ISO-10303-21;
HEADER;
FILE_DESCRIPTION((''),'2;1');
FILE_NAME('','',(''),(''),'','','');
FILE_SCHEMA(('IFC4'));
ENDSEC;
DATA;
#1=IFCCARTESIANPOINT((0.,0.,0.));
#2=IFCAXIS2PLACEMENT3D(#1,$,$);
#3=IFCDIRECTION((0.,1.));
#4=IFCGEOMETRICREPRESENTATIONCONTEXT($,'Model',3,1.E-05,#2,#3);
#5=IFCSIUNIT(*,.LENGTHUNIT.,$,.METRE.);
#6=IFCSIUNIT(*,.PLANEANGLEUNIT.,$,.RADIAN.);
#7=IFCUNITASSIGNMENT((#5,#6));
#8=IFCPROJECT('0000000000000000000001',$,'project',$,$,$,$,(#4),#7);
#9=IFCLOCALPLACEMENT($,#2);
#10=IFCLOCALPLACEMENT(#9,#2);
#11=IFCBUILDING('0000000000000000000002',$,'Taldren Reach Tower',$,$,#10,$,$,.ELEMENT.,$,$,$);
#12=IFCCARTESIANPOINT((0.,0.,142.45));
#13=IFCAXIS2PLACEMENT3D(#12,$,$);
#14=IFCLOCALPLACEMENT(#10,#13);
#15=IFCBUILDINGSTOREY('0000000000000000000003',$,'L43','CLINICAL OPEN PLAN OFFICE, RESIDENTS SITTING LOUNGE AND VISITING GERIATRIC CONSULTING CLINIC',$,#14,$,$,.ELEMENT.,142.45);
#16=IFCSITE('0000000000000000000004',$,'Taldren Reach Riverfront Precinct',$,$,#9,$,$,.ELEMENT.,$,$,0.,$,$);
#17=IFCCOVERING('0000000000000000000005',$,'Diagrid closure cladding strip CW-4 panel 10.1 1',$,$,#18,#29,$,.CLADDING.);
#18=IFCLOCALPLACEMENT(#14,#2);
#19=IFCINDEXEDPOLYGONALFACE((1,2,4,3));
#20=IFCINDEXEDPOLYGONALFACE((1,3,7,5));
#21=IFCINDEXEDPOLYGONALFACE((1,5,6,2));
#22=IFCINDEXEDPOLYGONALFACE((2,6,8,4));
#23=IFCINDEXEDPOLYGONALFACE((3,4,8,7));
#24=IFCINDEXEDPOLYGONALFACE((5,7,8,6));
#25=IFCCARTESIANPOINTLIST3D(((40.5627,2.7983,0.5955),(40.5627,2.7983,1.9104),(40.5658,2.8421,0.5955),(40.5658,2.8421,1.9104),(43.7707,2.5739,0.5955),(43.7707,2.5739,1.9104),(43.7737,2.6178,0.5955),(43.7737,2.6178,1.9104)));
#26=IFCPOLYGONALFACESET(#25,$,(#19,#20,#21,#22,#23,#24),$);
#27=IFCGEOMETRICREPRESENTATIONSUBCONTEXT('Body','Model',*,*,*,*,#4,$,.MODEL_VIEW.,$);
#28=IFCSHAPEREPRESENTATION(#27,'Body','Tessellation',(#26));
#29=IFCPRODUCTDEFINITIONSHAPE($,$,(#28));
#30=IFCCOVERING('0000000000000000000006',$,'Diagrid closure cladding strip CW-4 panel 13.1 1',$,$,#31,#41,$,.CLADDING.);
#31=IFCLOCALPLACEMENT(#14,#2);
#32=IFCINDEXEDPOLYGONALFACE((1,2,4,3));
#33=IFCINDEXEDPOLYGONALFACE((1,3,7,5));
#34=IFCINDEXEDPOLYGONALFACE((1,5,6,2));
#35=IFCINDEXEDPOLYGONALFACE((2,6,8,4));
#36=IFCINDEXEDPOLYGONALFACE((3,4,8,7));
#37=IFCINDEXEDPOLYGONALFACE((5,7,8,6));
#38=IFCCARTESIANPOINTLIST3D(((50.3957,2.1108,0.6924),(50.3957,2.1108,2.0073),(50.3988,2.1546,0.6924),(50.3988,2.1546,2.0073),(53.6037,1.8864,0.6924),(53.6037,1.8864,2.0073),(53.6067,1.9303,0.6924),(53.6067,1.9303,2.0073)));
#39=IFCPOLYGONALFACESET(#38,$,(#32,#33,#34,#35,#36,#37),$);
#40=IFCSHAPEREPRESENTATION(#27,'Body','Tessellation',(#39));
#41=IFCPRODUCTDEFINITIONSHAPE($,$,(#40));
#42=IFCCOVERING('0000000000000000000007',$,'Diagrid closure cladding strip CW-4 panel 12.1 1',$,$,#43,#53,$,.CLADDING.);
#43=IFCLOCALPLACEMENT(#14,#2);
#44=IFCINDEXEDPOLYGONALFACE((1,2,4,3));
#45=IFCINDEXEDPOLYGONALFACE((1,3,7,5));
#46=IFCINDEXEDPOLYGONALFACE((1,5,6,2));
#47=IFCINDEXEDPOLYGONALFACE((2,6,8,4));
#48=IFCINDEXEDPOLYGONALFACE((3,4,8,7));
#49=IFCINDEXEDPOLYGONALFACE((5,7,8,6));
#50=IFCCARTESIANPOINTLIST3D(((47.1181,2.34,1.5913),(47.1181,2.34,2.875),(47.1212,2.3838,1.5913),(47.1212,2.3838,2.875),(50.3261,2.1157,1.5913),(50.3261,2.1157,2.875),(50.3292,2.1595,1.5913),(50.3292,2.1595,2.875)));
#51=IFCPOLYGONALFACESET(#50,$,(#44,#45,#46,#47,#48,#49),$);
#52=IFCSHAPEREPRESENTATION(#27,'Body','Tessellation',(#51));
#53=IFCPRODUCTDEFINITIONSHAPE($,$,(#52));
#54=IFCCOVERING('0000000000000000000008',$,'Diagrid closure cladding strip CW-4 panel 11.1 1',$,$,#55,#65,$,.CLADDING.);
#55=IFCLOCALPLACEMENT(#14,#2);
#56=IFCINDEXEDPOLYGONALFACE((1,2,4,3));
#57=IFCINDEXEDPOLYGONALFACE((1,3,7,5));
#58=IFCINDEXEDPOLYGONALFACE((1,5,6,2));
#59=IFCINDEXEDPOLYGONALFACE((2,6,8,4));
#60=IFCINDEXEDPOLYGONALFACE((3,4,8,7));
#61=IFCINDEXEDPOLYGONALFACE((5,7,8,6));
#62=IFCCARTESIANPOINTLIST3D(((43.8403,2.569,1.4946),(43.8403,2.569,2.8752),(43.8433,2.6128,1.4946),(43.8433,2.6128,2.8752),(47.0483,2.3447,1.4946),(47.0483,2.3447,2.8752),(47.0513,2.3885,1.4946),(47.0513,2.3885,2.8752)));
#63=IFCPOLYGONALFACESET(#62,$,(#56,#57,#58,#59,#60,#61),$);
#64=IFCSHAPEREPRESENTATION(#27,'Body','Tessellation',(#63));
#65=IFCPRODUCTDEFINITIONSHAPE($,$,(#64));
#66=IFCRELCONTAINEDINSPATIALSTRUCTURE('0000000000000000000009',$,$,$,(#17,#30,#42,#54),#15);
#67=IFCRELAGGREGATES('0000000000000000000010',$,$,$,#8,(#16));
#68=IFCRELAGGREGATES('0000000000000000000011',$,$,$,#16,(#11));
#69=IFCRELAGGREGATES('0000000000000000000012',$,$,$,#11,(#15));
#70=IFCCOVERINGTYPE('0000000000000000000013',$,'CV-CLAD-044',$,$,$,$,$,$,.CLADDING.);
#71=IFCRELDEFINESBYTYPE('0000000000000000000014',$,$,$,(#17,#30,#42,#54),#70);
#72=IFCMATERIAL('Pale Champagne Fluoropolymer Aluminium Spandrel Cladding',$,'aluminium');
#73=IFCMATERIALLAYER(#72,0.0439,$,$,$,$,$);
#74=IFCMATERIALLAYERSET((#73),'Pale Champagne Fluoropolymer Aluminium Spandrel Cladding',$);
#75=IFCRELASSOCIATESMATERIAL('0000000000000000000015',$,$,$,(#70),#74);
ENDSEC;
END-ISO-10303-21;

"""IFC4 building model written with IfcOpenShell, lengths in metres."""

from ifc_helpers import new_model, si_unit, direction, frame, origin, origin_2d, place, context, subcontext, project, spatial, rectangle, extrude, source, transform, mapped, material, layer, layer_set, type_object, element, save


model = new_model("IFC4")

# Units and contexts
model_context = context("Model", 3, precision=1e-05, world=origin(), true_north=direction((0.0, 1.0)))
body_context = subcontext(model_context, "Body", "Model", "MODEL_VIEW")
ifc_project = project(units=[si_unit("LENGTHUNIT", "METRE"), si_unit("PLANEANGLEUNIT", "RADIAN")], contexts=[model_context])

# Site, building, storey
site_placement = place(None, origin())
site = spatial("IfcSite", under=ifc_project, at=site_placement, Name="Taldren Reach Riverfront Precinct", CompositionType="ELEMENT", RefElevation=0.0)
building_placement = place(site_placement, origin())
building = spatial("IfcBuilding", under=site, at=building_placement, Name="Taldren Reach Tower", CompositionType="ELEMENT")
storey_placement = place(building_placement, frame((0.0, 0.0, 142.45)))
storey = spatial("IfcBuildingStorey", under=building, at=storey_placement, Name="L43", Description="CLINICAL OPEN PLAN OFFICE, RESIDENTS SITTING LOUNGE AND VISITING GERIATRIC CONSULTING CLINIC", CompositionType="ELEMENT", Elevation=142.45)

# Coverings
ifc_material_1 = material(Name="Pale Champagne Fluoropolymer Aluminium Spandrel Cladding", Category="aluminium")
ifc_layer_1 = layer(ifc_material_1, 0.0439)
ifc_layer_set_1 = layer_set([ifc_layer_1], Name="Pale Champagne Fluoropolymer Aluminium Spandrel Cladding")
covering_type = type_object("IfcCoveringType", Name="CV-CLAD-044", PredefinedType="CLADDING", material=ifc_layer_set_1)
shared_shape_1 = source(origin(), body_context, "Body", "SweptSolid", [
    extrude(rectangle(XDim=3.2158, YDim=0.0439, at=origin_2d()), origin(), (0.0, 0.0, 1.0), 1.3149),
])
for number, where, z_axis, x_axis, name in (
    (1, (42.1682, 2.708, 0.5955), (0.0, 0.0, 1.0), (0.997564, -0.069757, 0.0), "Diagrid closure cladding strip CW-4 panel 10.1 1"),
    (2, (52.0012, 2.0205, 0.6924), (0.0, 0.0, 1.0), (0.997564, -0.069757, 0.0), "Diagrid closure cladding strip CW-4 panel 13.1 1"),
):
    element("IfcCovering", number, at=place(storey_placement, frame(where, z_axis=z_axis, x_axis=x_axis)), inside=storey, type_object=covering_type, Name=name, PredefinedType="CLADDING", context=body_context, shape_type="MappedRepresentation", body=[
        mapped(shared_shape_1, transform((0.0, 0.0, 0.0), scale=1.0)),
    ])
shared_shape_2 = source(origin(), body_context, "Body", "SweptSolid", [
    extrude(rectangle(XDim=3.2158, YDim=0.0439, at=origin_2d()), origin(), (0.0, 0.0, 1.0), 1.2837),
])
covering_1_placement = place(storey_placement, frame((48.7236, 2.2498, 1.5913), z_axis=(0.0, 0.0, 1.0), x_axis=(0.997564, -0.069757, 0.0)))
element("IfcCovering", 3, at=covering_1_placement, inside=storey, type_object=covering_type, Name="Diagrid closure cladding strip CW-4 panel 12.1 1", PredefinedType="CLADDING", context=body_context, shape_type="MappedRepresentation", body=[
    mapped(shared_shape_2, transform((0.0, 0.0, 0.0), scale=1.0)),
])
shared_shape_3 = source(origin(), body_context, "Body", "SweptSolid", [
    extrude(rectangle(XDim=3.2158, YDim=0.0439, at=origin_2d()), origin(), (0.0, 0.0, 1.0), 1.3806),
])
covering_2_placement = place(storey_placement, frame((45.4458, 2.4788, 1.4946), z_axis=(0.0, 0.0, 1.0), x_axis=(0.997564, -0.069757, 0.0)))
element("IfcCovering", 4, at=covering_2_placement, inside=storey, type_object=covering_type, Name="Diagrid closure cladding strip CW-4 panel 11.1 1", PredefinedType="CLADDING", context=body_context, shape_type="MappedRepresentation", body=[
    mapped(shared_shape_3, transform((0.0, 0.0, 0.0), scale=1.0)),
])

save(model, "model.ifc")
